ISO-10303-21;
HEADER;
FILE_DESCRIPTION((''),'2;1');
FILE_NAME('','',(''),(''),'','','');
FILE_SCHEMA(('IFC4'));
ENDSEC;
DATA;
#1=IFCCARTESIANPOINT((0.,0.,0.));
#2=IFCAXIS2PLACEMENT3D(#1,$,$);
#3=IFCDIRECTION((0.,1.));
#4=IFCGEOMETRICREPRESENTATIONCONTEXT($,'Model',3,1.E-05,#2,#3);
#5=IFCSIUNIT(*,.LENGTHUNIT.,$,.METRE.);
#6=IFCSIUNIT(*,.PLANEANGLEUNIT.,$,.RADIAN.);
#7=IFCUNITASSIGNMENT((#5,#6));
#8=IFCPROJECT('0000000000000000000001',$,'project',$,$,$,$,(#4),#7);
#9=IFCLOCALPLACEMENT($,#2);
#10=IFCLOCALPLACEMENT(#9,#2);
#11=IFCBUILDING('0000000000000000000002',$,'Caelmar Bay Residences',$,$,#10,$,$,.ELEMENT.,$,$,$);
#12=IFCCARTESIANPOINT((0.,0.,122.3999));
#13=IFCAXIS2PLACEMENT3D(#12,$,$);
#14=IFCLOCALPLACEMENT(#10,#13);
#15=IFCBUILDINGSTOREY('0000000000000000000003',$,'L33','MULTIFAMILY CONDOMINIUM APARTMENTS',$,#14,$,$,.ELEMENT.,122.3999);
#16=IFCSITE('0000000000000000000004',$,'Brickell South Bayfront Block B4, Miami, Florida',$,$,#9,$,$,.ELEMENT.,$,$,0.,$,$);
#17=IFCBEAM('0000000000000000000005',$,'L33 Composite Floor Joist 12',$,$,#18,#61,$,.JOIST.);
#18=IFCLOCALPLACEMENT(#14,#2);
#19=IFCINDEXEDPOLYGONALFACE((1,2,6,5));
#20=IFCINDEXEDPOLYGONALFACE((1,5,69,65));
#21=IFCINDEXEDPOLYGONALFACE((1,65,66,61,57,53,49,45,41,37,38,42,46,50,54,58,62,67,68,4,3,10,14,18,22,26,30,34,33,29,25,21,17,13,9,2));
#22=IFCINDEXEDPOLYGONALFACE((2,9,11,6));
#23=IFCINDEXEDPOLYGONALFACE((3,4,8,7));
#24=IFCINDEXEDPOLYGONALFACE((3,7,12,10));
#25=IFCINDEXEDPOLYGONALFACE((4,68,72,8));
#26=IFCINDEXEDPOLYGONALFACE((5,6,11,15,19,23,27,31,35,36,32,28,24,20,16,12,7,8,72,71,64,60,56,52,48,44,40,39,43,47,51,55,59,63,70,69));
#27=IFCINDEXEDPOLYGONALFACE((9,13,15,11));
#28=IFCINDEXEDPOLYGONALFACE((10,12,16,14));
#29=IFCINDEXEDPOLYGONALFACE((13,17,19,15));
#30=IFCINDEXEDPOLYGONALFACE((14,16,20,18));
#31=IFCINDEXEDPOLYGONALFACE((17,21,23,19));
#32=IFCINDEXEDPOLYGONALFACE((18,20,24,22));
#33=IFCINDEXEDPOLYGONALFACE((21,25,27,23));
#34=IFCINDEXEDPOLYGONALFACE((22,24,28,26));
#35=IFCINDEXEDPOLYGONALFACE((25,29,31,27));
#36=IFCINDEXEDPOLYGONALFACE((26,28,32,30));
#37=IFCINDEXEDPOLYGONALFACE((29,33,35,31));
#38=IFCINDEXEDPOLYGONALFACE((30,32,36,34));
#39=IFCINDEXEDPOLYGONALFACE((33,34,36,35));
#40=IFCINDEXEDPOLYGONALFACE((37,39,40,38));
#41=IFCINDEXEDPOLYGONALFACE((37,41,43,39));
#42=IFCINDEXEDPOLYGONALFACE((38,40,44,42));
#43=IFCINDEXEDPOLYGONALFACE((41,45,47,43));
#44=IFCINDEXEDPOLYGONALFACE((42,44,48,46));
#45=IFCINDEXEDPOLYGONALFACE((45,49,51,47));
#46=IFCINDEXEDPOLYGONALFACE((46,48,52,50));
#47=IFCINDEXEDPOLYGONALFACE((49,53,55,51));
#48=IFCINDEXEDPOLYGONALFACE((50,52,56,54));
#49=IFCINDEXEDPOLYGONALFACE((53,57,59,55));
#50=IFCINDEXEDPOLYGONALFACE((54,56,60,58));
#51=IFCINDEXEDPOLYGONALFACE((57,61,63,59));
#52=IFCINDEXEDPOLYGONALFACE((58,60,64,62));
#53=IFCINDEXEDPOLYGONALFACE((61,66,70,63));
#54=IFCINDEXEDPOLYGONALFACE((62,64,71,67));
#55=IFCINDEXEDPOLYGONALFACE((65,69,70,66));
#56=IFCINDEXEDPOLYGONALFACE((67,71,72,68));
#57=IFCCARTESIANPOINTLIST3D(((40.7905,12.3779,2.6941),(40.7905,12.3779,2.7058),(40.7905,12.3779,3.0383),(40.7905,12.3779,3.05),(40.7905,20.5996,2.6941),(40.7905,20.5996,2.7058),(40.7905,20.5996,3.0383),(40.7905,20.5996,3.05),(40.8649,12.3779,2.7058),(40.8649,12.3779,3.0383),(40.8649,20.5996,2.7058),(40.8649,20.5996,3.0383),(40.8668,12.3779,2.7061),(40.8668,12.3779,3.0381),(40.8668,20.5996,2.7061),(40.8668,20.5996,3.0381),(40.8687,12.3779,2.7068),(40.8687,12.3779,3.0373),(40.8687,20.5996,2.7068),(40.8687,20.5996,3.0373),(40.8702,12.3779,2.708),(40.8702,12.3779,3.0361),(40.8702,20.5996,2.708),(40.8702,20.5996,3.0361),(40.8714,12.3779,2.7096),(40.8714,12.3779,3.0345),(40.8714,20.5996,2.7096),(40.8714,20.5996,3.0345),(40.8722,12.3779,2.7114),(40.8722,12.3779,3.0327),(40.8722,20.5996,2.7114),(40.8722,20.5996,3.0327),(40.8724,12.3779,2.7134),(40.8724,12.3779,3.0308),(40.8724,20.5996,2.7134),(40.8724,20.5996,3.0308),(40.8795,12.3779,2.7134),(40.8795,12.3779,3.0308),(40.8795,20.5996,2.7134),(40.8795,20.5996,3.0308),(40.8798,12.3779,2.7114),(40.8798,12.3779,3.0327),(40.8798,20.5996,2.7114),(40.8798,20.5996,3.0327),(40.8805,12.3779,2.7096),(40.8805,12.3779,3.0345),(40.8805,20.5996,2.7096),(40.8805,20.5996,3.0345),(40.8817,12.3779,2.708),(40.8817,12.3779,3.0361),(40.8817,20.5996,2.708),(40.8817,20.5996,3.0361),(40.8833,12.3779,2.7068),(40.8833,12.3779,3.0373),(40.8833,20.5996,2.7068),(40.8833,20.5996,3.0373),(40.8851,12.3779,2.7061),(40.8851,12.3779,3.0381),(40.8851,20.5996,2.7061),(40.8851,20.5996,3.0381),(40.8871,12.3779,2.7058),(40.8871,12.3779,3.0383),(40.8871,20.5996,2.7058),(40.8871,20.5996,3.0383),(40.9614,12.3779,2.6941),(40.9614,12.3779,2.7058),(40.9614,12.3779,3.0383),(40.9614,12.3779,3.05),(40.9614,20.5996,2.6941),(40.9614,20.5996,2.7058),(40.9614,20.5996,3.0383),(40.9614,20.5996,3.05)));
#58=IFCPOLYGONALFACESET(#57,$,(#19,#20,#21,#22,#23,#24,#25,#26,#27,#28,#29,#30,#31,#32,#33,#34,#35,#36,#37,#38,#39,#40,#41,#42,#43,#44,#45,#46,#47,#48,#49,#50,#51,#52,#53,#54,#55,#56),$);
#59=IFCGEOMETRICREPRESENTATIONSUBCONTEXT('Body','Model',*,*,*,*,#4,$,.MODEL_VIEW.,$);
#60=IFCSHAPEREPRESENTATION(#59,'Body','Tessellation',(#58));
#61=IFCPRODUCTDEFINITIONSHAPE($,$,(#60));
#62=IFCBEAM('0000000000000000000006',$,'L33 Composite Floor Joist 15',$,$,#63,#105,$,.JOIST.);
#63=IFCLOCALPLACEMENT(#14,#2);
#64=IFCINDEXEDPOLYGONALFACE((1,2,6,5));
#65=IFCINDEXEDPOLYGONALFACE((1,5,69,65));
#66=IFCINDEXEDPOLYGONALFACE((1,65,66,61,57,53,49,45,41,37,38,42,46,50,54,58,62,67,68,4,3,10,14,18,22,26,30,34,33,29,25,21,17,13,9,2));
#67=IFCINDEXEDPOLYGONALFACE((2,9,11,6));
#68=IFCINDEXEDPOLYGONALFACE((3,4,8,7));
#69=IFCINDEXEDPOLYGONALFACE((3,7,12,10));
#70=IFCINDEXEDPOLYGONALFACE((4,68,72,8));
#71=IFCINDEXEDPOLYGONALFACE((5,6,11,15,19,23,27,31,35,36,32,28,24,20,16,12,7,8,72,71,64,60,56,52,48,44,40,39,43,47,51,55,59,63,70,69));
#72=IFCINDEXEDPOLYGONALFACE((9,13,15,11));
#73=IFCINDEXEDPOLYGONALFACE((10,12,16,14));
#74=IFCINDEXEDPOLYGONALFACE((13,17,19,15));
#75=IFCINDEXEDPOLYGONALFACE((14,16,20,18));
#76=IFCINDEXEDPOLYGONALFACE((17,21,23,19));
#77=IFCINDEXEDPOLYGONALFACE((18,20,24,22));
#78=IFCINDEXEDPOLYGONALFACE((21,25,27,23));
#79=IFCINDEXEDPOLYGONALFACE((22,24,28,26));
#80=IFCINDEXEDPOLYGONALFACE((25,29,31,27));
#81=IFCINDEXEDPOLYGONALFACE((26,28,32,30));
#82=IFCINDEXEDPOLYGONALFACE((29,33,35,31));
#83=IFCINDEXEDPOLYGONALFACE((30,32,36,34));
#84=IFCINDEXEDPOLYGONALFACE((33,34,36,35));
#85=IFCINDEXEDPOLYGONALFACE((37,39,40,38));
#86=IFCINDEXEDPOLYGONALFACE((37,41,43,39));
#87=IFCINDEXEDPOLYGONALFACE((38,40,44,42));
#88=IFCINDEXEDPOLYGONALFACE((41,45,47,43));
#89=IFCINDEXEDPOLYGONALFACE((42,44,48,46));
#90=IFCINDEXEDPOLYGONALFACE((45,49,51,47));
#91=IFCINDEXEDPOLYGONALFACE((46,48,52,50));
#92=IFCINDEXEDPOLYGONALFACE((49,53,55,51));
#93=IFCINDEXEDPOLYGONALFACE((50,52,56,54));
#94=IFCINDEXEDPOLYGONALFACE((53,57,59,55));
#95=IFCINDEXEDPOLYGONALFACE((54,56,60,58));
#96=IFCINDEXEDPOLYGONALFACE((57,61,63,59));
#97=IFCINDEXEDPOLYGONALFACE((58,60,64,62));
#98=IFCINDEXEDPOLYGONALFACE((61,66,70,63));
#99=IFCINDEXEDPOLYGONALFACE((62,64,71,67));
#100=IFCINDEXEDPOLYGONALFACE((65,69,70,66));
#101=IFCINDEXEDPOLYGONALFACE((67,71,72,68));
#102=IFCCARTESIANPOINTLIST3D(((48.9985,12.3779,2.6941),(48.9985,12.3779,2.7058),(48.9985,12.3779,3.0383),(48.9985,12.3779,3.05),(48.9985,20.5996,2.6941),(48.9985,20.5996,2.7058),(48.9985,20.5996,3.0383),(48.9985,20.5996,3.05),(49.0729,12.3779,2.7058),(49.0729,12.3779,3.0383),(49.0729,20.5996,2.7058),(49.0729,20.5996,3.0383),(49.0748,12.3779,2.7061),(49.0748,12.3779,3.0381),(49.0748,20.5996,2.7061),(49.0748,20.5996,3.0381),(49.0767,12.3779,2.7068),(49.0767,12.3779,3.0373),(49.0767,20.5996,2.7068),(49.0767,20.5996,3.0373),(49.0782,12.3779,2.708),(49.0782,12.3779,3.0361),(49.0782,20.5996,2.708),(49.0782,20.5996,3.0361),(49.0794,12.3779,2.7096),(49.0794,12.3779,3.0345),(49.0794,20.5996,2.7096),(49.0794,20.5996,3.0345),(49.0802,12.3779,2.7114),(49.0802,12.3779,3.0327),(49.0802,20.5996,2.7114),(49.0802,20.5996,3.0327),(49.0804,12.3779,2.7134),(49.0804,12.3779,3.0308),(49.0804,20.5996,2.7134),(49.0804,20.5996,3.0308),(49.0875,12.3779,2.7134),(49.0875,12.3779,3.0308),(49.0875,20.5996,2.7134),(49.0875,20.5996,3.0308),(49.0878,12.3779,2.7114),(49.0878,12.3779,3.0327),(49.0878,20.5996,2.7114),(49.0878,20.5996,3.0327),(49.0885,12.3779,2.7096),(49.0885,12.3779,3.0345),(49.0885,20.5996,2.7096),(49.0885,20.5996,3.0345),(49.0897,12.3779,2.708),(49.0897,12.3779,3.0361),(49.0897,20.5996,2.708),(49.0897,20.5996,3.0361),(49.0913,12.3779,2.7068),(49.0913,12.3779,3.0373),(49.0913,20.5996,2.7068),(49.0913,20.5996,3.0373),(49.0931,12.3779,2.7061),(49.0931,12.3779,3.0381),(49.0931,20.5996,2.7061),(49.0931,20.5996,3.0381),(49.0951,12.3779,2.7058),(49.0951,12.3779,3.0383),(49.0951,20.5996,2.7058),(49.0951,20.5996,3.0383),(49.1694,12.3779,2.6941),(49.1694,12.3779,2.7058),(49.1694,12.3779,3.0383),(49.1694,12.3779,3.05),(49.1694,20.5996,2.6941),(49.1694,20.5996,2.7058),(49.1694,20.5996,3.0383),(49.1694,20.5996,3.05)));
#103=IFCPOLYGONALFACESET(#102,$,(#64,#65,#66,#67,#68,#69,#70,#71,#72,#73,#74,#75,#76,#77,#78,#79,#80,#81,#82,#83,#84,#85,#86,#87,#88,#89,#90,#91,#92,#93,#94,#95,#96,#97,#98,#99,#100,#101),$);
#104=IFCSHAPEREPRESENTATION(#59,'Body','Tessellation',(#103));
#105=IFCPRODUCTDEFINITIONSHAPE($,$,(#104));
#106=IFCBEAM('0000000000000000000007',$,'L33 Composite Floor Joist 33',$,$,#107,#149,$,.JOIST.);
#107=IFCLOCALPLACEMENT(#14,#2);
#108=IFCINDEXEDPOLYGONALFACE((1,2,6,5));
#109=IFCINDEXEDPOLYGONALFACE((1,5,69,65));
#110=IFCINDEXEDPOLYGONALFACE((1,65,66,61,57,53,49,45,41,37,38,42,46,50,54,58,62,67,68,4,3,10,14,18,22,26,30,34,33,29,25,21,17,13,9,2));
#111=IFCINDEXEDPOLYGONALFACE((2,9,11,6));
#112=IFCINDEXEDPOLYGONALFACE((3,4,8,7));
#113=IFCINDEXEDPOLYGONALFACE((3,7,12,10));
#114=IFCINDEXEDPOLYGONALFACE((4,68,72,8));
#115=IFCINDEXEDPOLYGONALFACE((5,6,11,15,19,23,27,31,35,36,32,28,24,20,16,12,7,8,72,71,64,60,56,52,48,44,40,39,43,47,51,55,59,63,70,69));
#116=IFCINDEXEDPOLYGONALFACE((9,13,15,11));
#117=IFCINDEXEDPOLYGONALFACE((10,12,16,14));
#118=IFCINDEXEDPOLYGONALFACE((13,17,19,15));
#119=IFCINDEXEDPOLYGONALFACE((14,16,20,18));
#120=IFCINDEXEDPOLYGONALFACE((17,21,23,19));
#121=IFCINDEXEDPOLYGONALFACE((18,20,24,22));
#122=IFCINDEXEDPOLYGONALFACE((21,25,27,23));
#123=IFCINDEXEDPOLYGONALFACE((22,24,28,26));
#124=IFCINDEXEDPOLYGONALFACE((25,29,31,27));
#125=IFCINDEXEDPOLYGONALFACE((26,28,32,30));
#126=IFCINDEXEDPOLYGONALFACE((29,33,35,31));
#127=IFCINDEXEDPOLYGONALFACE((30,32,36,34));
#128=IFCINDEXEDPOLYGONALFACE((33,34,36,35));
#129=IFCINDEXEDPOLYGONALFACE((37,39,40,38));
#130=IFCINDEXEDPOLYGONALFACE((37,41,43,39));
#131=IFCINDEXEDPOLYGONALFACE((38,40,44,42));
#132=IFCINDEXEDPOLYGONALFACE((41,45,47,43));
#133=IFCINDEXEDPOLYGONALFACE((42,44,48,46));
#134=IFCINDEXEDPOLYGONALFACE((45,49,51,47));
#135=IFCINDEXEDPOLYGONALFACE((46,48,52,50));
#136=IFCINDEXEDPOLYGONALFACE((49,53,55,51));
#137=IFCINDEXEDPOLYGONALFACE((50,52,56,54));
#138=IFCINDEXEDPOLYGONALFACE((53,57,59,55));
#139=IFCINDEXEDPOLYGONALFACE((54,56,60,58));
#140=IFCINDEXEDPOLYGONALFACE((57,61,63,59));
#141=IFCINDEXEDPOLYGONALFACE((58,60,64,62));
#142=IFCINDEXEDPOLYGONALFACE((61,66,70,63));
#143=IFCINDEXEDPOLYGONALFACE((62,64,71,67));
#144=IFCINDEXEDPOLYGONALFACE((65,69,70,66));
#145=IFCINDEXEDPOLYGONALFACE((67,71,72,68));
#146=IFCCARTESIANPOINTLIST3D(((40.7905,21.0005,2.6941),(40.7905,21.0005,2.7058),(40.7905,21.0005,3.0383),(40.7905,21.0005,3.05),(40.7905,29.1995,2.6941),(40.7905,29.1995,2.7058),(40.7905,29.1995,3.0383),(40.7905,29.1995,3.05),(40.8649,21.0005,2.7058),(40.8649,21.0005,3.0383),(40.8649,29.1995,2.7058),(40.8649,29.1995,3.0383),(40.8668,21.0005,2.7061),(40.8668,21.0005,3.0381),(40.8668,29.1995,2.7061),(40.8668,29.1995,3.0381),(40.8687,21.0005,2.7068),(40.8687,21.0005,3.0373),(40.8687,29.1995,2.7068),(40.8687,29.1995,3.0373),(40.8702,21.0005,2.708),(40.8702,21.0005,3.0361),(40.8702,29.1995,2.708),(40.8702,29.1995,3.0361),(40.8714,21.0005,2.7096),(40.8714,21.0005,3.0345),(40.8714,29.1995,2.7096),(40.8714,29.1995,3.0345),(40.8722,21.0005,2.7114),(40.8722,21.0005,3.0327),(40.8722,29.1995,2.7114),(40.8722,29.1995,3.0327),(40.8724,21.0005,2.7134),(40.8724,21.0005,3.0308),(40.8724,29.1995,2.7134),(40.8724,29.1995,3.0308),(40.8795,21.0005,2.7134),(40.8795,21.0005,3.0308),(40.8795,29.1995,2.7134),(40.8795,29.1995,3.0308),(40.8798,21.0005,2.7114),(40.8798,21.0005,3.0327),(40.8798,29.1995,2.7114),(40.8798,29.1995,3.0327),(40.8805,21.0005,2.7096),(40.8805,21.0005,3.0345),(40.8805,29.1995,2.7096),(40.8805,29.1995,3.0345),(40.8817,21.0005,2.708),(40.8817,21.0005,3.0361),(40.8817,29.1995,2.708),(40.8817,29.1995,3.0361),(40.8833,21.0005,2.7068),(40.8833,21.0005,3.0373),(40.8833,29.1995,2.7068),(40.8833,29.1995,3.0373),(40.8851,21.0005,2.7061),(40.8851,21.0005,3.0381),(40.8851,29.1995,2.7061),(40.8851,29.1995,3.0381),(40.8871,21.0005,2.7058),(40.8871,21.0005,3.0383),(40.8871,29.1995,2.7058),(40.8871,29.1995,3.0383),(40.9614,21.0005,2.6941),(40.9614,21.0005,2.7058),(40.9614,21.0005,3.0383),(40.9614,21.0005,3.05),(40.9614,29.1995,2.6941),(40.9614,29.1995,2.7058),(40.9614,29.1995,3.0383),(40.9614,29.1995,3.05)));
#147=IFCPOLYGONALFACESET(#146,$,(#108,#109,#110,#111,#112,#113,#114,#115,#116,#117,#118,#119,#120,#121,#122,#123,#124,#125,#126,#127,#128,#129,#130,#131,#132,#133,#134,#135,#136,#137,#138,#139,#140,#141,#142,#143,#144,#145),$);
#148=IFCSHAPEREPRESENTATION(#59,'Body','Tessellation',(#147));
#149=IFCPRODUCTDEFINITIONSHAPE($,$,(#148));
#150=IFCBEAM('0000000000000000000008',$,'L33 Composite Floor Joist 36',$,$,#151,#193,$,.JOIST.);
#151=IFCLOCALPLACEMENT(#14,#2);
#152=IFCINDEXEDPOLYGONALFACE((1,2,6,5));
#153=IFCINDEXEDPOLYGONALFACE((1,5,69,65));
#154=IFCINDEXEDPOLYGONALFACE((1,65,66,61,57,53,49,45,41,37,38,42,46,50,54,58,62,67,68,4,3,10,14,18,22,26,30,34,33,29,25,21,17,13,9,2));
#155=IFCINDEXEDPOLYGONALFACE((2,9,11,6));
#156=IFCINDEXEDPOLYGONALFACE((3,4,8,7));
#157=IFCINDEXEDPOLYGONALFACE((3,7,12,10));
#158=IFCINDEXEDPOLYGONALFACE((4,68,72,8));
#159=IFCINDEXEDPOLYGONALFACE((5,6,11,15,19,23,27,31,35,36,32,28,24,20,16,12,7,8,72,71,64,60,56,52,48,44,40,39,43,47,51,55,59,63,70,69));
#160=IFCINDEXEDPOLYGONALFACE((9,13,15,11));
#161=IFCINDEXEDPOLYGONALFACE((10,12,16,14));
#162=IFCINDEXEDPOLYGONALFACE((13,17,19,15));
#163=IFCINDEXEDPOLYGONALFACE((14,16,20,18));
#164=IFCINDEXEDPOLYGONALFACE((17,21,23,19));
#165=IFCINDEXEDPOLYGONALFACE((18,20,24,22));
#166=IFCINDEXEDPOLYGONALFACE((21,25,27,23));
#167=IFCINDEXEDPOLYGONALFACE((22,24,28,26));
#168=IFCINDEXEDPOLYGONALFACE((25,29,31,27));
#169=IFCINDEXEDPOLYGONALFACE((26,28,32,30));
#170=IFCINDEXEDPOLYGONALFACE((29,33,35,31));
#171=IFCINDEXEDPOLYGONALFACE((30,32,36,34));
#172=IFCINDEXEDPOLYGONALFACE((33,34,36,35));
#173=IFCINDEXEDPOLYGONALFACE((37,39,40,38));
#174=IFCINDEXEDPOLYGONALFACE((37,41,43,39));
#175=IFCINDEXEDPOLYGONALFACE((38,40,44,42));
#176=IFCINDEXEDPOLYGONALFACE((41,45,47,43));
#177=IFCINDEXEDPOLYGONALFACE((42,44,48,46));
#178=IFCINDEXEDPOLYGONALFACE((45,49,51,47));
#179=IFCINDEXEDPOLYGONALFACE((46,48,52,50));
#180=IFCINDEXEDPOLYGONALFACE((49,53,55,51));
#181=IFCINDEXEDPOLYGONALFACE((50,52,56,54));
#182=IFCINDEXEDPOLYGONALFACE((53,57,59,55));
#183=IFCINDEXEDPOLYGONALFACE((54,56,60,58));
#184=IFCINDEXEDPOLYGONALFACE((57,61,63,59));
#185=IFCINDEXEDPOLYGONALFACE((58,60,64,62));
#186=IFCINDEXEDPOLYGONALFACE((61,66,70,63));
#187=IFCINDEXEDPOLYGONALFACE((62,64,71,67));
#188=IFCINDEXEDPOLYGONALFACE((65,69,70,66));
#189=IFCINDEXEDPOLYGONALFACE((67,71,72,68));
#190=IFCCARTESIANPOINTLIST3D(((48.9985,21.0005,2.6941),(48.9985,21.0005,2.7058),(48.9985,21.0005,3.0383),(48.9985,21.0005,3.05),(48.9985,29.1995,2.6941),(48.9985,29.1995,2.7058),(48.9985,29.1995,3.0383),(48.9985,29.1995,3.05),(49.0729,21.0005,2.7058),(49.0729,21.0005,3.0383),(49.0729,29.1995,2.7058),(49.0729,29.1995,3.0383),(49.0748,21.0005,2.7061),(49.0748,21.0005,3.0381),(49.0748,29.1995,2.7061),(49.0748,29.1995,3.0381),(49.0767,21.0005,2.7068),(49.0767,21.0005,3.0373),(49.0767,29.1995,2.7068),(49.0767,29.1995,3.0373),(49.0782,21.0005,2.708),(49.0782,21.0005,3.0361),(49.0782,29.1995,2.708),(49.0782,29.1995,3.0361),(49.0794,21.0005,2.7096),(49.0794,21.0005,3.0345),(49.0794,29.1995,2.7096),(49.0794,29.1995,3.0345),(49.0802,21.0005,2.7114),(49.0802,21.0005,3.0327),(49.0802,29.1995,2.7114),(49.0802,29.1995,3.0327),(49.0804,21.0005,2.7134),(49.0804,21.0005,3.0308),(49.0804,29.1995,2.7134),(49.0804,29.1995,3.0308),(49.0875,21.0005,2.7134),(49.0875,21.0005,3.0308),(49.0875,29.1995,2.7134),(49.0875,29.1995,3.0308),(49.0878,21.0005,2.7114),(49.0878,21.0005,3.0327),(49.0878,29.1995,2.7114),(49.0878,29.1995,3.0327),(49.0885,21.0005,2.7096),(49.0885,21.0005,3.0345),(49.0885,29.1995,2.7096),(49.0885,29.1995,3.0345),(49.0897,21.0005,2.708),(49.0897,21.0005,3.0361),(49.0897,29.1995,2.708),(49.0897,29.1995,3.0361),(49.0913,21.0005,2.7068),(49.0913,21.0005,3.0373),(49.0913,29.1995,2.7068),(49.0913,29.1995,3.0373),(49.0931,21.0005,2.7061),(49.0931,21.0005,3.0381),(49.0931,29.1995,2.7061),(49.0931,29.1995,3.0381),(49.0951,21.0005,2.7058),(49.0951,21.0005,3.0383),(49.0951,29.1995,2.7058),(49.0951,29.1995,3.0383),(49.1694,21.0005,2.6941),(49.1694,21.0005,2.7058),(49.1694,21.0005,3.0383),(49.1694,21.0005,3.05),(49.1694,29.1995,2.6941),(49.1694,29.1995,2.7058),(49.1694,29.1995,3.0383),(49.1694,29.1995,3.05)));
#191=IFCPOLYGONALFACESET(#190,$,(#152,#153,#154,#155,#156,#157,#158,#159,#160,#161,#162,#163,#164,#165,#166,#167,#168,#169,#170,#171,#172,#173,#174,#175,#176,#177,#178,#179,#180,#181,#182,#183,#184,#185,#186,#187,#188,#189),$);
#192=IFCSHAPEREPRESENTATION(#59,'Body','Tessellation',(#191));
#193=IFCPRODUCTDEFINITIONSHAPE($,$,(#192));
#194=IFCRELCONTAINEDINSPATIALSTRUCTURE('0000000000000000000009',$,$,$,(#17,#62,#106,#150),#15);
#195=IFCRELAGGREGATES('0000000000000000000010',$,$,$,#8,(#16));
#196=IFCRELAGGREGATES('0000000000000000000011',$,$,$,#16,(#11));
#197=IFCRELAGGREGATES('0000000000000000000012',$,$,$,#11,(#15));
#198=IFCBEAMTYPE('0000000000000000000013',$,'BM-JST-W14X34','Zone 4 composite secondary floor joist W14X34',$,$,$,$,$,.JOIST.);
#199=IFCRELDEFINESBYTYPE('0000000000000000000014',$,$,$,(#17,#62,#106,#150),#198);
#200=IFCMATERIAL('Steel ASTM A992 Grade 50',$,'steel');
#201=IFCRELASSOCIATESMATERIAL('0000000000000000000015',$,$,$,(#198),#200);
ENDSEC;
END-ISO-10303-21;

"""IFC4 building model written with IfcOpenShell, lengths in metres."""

from ifc_helpers import new_model, si_unit, direction, frame, origin, origin_2d, place, context, subcontext, project, spatial, i_section, extrude, material, material_profile, profile_set, type_object, element, save


model = new_model("IFC4")

# Units and contexts
model_context = context("Model", 3, precision=1e-05, world=origin(), true_north=direction((0.0, 1.0)))
body_context = subcontext(model_context, "Body", "Model", "MODEL_VIEW")
ifc_project = project(units=[si_unit("LENGTHUNIT", "METRE"), si_unit("PLANEANGLEUNIT", "RADIAN")], contexts=[model_context])

# Site, building, storey
site_placement = place(None, origin())
site = spatial("IfcSite", under=ifc_project, at=site_placement, Name="Brickell South Bayfront Block B4, Miami, Florida", CompositionType="ELEMENT", RefElevation=0.0)
building_placement = place(site_placement, origin())
building = spatial("IfcBuilding", under=site, at=building_placement, Name="Caelmar Bay Residences", CompositionType="ELEMENT")
storey_placement = place(building_placement, frame((0.0, 0.0, 122.3999)))
storey = spatial("IfcBuildingStorey", under=building, at=storey_placement, Name="L33", Description="MULTIFAMILY CONDOMINIUM APARTMENTS", CompositionType="ELEMENT", Elevation=122.3999)

# Beams
ifc_material_1 = material(Name="Steel ASTM A992 Grade 50", Category="steel")
ifc_material_profile_1 = material_profile(ifc_material_1, i_section(OverallWidth=0.1709, OverallDepth=0.356, WebThickness=0.0071, FlangeThickness=0.0117, FilletRadius=0.0076, at=origin_2d()), Name="W14X34")
ifc_profile_set_1 = profile_set([ifc_material_profile_1], Name="Steel ASTM A992 Grade 50")
beam_type_1 = type_object("IfcBeamType", Name="BM-JST-W14X34", Description="Zone 4 composite secondary floor joist W14X34", PredefinedType="JOIST", material=ifc_profile_set_1)
for number, where, z_axis, x_axis, name in (
    (1, (40.876, 12.3779, 2.8721), (0.0, 1.0, 0.0), (-1.0, 0.0, 0.0), "L33 Composite Floor Joist 12"),
    (2, (49.084, 12.3779, 2.8721), (0.0, 1.0, 0.0), (-1.0, 0.0, 0.0), "L33 Composite Floor Joist 15"),
):
    element("IfcBeam", number, at=place(storey_placement, frame(where, z_axis=z_axis, x_axis=x_axis)), inside=storey, type_object=beam_type_1, Name=name, PredefinedType="JOIST", context=body_context, shape_type="SweptSolid", body=[
        extrude(i_section(OverallWidth=0.1709, OverallDepth=0.356, WebThickness=0.0071, FlangeThickness=0.0117, FilletRadius=0.0076, at=origin_2d()), origin(), (0.0, 0.0, 1.0), 8.2217),
    ])
for number, where, z_axis, x_axis, name in (
    (3, (40.876, 21.0005, 2.8721), (0.0, 1.0, 0.0), (-1.0, 0.0, 0.0), "L33 Composite Floor Joist 33"),
    (4, (49.084, 21.0005, 2.8721), (0.0, 1.0, 0.0), (-1.0, 0.0, 0.0), "L33 Composite Floor Joist 36"),
):
    element("IfcBeam", number, at=place(storey_placement, frame(where, z_axis=z_axis, x_axis=x_axis)), inside=storey, type_object=beam_type_1, Name=name, PredefinedType="JOIST", context=body_context, shape_type="SweptSolid", body=[
        extrude(i_section(OverallWidth=0.1709, OverallDepth=0.356, WebThickness=0.0071, FlangeThickness=0.0117, FilletRadius=0.0076, at=origin_2d()), origin(), (0.0, 0.0, 1.0), 8.199),
    ])

save(model, "model.ifc")
